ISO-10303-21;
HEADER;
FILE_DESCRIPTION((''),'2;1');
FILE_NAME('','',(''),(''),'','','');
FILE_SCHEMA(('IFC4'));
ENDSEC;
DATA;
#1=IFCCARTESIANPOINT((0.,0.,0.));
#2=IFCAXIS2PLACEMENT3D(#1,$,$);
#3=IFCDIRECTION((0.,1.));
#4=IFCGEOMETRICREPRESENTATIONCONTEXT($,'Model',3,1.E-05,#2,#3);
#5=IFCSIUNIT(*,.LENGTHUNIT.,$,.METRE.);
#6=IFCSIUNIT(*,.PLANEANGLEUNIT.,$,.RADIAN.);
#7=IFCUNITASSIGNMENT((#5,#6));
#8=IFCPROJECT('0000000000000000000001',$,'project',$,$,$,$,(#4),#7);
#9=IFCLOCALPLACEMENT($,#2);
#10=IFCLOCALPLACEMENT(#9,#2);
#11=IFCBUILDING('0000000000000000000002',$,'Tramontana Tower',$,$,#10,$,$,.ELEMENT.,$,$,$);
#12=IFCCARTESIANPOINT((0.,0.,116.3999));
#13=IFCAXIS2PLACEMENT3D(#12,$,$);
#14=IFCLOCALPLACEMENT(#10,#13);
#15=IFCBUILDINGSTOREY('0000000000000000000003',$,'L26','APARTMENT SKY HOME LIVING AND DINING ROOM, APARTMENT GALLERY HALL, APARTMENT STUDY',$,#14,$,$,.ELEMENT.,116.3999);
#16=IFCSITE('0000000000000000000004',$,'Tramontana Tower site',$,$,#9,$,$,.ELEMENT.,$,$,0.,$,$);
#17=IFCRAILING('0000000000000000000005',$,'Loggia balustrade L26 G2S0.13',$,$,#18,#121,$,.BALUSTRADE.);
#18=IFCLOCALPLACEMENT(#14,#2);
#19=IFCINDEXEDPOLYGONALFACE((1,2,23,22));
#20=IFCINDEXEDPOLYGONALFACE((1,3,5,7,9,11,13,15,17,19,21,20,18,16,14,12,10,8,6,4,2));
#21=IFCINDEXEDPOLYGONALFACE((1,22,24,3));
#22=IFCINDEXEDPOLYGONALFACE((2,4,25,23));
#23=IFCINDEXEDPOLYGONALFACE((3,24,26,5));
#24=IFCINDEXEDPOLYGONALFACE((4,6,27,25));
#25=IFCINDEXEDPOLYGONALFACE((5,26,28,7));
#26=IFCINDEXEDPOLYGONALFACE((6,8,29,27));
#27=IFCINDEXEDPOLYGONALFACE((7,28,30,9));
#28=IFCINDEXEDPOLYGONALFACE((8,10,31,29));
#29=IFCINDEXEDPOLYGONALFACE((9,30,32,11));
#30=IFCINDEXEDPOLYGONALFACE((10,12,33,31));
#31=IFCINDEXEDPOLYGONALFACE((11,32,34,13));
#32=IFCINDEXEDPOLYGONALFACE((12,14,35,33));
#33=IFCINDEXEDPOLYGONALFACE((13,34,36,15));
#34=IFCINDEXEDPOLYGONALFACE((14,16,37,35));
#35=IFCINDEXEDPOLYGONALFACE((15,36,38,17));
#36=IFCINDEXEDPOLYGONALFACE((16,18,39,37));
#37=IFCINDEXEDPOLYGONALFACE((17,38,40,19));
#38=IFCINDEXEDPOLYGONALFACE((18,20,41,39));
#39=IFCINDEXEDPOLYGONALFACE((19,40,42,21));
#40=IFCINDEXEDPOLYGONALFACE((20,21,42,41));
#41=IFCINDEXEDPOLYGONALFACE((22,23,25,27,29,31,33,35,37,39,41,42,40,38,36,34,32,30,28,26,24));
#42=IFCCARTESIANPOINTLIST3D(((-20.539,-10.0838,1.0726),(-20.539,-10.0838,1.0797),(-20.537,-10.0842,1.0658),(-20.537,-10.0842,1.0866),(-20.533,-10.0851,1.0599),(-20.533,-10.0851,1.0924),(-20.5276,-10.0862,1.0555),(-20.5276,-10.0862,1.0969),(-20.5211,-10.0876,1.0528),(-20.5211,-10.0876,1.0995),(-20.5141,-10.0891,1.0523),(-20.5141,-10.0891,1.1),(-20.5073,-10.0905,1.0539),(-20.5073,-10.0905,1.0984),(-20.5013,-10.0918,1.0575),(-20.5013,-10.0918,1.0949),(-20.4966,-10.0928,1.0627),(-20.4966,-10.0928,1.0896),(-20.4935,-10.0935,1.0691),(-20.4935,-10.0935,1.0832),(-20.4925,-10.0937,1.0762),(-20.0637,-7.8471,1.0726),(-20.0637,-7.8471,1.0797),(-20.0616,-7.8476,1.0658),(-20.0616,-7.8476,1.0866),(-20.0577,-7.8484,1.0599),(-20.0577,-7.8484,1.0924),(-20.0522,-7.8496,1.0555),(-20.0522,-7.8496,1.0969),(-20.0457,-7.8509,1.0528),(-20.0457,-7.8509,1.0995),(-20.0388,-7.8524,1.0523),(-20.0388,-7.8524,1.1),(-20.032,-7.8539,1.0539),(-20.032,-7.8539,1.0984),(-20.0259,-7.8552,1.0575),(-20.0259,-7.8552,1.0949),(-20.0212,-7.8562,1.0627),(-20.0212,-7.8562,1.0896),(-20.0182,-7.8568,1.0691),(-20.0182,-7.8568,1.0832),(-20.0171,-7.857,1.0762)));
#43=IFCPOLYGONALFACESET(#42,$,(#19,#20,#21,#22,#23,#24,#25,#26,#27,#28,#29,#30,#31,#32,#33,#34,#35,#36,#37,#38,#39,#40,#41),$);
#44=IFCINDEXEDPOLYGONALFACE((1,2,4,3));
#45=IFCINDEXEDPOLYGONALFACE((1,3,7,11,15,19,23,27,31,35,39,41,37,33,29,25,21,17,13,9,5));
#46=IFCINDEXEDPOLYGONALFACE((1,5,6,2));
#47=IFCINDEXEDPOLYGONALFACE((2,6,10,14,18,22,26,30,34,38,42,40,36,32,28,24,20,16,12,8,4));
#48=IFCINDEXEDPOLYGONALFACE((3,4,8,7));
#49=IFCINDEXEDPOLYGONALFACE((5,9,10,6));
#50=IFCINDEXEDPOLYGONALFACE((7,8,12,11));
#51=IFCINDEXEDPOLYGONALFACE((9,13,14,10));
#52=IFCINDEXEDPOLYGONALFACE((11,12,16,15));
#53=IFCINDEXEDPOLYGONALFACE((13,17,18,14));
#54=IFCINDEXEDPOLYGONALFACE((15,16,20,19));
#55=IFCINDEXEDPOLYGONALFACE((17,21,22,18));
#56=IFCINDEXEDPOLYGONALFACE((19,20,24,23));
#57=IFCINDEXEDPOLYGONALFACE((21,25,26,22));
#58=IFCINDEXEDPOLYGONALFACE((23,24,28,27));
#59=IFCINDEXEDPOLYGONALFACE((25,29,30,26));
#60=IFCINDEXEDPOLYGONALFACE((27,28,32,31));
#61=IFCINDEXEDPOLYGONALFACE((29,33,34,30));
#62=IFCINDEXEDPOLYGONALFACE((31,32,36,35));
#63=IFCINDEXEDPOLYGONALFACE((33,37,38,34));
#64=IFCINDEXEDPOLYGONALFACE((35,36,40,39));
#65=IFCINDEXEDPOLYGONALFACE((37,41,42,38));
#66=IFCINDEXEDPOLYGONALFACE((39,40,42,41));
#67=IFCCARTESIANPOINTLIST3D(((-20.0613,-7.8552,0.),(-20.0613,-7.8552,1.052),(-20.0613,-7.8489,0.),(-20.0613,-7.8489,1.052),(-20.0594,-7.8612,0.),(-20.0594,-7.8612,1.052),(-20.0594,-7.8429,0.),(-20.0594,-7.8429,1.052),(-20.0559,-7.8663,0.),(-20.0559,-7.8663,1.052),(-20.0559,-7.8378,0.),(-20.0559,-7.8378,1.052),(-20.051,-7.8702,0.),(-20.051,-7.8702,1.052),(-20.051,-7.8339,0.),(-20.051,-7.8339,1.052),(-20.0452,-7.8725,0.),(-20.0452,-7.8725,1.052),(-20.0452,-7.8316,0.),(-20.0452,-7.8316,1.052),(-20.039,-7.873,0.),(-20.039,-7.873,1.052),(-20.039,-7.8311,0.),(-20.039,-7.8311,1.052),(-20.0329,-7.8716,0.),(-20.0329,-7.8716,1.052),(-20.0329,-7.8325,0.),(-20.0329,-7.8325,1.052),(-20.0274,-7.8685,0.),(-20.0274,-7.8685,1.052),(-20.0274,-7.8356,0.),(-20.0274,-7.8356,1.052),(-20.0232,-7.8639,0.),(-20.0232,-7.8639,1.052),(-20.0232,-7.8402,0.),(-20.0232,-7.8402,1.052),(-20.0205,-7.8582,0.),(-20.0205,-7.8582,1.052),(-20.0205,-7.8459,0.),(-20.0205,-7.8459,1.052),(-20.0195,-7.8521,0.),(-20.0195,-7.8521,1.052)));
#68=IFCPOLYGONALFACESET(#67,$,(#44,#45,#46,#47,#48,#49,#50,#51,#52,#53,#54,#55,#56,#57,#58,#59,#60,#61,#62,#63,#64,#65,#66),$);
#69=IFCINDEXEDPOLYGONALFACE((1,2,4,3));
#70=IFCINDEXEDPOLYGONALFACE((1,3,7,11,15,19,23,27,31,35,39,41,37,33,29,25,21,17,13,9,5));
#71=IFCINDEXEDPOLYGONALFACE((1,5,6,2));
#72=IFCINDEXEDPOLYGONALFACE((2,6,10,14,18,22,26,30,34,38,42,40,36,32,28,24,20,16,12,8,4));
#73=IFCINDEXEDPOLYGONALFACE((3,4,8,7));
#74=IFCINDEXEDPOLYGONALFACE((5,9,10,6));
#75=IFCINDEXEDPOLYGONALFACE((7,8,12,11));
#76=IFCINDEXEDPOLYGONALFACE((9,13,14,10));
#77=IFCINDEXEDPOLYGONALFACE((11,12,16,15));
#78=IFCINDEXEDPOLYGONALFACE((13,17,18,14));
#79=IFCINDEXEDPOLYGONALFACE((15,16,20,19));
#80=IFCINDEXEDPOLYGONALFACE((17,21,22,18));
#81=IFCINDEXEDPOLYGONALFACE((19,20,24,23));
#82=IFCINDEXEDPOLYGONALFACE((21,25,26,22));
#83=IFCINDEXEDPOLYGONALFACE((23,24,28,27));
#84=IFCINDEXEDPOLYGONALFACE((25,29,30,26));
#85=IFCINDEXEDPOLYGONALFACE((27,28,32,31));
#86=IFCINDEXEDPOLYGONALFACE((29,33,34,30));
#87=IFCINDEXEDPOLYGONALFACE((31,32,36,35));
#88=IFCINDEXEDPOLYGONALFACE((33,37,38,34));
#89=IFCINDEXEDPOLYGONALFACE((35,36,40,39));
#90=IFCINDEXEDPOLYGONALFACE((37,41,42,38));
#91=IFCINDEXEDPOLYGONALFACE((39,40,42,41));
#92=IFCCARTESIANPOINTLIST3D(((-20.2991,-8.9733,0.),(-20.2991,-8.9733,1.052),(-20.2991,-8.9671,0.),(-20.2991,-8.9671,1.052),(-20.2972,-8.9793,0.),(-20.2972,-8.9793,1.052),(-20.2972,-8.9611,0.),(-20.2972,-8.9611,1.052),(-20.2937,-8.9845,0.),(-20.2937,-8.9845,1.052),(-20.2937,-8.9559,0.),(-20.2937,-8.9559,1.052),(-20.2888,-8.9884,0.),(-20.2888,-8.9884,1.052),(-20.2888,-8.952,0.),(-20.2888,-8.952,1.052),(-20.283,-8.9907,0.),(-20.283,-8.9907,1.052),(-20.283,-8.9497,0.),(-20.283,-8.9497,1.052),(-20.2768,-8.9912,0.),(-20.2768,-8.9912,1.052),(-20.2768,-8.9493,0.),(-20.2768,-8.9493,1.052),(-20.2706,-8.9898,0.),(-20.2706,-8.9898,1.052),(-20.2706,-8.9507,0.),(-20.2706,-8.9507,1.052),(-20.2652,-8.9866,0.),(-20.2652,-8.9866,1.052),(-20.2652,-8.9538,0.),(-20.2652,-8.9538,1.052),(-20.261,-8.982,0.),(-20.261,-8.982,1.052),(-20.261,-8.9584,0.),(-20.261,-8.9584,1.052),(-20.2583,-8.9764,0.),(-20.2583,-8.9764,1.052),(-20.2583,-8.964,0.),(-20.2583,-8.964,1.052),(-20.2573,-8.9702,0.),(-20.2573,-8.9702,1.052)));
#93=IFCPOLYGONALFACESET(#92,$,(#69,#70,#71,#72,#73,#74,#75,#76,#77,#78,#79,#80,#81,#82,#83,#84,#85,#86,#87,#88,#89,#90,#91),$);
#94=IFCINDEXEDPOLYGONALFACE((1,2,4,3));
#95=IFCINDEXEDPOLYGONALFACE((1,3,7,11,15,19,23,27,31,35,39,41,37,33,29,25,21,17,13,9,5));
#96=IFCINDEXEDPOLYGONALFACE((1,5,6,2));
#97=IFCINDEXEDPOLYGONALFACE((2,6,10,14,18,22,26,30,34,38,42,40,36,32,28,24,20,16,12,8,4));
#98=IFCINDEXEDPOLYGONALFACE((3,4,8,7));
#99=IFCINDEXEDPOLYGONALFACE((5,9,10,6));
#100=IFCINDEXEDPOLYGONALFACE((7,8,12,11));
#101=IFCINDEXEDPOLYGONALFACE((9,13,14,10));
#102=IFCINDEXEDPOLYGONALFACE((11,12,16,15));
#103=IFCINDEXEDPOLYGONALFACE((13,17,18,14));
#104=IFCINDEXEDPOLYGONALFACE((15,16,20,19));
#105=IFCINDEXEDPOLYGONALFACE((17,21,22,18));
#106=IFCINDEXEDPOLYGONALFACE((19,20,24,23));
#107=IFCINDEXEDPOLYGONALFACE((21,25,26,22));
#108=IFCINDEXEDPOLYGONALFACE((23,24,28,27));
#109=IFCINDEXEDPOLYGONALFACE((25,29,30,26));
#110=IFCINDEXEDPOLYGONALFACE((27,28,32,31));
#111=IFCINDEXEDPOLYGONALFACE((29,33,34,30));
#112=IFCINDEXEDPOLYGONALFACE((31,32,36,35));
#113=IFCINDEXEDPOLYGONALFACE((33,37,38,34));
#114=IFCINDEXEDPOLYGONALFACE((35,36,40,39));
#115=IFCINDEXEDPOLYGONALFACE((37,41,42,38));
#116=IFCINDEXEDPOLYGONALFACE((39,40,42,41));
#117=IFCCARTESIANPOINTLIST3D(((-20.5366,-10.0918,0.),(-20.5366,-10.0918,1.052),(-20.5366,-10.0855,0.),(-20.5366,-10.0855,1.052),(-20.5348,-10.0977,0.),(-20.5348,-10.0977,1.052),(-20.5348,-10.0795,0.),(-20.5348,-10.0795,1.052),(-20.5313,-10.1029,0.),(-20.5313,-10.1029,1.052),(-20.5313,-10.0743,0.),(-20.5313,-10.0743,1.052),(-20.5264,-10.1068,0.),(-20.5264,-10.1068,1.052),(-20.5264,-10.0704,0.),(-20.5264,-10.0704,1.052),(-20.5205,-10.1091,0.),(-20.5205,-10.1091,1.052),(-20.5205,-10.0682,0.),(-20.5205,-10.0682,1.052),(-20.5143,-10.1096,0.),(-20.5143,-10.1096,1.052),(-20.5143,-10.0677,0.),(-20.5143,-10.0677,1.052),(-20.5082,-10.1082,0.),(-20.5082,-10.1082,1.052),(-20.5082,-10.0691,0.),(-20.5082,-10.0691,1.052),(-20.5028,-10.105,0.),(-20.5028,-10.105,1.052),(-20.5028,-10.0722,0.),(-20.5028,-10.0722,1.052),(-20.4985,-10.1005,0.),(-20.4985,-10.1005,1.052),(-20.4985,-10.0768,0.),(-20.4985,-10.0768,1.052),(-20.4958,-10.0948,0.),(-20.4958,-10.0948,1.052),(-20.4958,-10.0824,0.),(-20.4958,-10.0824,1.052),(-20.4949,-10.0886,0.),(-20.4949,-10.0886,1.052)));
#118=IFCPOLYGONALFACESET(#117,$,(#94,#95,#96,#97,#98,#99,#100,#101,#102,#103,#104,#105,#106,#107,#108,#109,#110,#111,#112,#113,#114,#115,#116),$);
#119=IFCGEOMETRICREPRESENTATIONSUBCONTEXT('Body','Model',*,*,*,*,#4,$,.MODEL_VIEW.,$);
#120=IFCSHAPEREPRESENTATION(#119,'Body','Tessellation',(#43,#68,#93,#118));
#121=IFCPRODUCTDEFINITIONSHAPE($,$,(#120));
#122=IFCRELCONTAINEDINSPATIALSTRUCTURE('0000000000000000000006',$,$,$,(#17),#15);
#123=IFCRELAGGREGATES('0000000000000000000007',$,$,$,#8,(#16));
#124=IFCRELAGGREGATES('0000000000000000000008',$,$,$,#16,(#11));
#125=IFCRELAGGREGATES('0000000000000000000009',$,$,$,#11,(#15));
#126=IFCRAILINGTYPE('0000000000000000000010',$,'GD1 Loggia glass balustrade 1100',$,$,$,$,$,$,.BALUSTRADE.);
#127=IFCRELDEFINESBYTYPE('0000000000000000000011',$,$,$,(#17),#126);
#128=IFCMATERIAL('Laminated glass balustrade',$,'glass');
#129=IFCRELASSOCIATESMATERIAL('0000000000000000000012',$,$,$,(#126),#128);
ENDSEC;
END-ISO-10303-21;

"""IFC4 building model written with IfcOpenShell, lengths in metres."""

from ifc_helpers import new_model, si_unit, direction, frame, origin, origin_2d, place, context, subcontext, project, spatial, circle, extrude, material, type_object, element, save


model = new_model("IFC4")

# Units and contexts
model_context = context("Model", 3, precision=1e-05, world=origin(), true_north=direction((0.0, 1.0)))
body_context = subcontext(model_context, "Body", "Model", "MODEL_VIEW")
ifc_project = project(units=[si_unit("LENGTHUNIT", "METRE"), si_unit("PLANEANGLEUNIT", "RADIAN")], contexts=[model_context])

# Site, building, storey
site_placement = place(None, origin())
site = spatial("IfcSite", under=ifc_project, at=site_placement, Name="Tramontana Tower site", CompositionType="ELEMENT", RefElevation=0.0)
building_placement = place(site_placement, origin())
building = spatial("IfcBuilding", under=site, at=building_placement, Name="Tramontana Tower", CompositionType="ELEMENT")
storey_placement = place(building_placement, frame((0.0, 0.0, 116.3999)))
storey = spatial("IfcBuildingStorey", under=building, at=storey_placement, Name="L26", Description="APARTMENT SKY HOME LIVING AND DINING ROOM, APARTMENT GALLERY HALL, APARTMENT STUDY", CompositionType="ELEMENT", Elevation=116.3999)

# Railing
ifc_material_1 = material(Name="Laminated glass balustrade", Category="glass")
railing_type = type_object("IfcRailingType", Name="GD1 Loggia glass balustrade 1100", PredefinedType="BALUSTRADE", material=ifc_material_1)
railing_placement = place(storey_placement, frame((-20.0405, -7.8521, 0.0)))
element("IfcRailing", 1, at=railing_placement, inside=storey, type_object=railing_type, Name="Loggia balustrade L26 G2S0.13", PredefinedType="BALUSTRADE", context=body_context, shape_type="SweptSolid", body=[
    extrude(circle(Radius=0.0239, at=origin_2d()), frame((0.0, 0.0, 1.0762), z_axis=(-0.207888, -0.978153, 0.0), x_axis=(0.978153, -0.207888, 0.0)), (0.0, 0.0, 1.0), 2.2866),
    extrude(circle(Radius=0.021, at=origin_2d()), origin(), (0.0, 0.0, 1.0), 1.052),
    extrude(circle(Radius=0.021, at=origin_2d()), frame((-0.2378, -1.1182, 0.0)), (0.0, 0.0, 1.0), 1.052),
    extrude(circle(Radius=0.021, at=origin_2d()), frame((-0.4753, -2.2366, 0.0)), (0.0, 0.0, 1.0), 1.052),
])

save(model, "model.ifc")
